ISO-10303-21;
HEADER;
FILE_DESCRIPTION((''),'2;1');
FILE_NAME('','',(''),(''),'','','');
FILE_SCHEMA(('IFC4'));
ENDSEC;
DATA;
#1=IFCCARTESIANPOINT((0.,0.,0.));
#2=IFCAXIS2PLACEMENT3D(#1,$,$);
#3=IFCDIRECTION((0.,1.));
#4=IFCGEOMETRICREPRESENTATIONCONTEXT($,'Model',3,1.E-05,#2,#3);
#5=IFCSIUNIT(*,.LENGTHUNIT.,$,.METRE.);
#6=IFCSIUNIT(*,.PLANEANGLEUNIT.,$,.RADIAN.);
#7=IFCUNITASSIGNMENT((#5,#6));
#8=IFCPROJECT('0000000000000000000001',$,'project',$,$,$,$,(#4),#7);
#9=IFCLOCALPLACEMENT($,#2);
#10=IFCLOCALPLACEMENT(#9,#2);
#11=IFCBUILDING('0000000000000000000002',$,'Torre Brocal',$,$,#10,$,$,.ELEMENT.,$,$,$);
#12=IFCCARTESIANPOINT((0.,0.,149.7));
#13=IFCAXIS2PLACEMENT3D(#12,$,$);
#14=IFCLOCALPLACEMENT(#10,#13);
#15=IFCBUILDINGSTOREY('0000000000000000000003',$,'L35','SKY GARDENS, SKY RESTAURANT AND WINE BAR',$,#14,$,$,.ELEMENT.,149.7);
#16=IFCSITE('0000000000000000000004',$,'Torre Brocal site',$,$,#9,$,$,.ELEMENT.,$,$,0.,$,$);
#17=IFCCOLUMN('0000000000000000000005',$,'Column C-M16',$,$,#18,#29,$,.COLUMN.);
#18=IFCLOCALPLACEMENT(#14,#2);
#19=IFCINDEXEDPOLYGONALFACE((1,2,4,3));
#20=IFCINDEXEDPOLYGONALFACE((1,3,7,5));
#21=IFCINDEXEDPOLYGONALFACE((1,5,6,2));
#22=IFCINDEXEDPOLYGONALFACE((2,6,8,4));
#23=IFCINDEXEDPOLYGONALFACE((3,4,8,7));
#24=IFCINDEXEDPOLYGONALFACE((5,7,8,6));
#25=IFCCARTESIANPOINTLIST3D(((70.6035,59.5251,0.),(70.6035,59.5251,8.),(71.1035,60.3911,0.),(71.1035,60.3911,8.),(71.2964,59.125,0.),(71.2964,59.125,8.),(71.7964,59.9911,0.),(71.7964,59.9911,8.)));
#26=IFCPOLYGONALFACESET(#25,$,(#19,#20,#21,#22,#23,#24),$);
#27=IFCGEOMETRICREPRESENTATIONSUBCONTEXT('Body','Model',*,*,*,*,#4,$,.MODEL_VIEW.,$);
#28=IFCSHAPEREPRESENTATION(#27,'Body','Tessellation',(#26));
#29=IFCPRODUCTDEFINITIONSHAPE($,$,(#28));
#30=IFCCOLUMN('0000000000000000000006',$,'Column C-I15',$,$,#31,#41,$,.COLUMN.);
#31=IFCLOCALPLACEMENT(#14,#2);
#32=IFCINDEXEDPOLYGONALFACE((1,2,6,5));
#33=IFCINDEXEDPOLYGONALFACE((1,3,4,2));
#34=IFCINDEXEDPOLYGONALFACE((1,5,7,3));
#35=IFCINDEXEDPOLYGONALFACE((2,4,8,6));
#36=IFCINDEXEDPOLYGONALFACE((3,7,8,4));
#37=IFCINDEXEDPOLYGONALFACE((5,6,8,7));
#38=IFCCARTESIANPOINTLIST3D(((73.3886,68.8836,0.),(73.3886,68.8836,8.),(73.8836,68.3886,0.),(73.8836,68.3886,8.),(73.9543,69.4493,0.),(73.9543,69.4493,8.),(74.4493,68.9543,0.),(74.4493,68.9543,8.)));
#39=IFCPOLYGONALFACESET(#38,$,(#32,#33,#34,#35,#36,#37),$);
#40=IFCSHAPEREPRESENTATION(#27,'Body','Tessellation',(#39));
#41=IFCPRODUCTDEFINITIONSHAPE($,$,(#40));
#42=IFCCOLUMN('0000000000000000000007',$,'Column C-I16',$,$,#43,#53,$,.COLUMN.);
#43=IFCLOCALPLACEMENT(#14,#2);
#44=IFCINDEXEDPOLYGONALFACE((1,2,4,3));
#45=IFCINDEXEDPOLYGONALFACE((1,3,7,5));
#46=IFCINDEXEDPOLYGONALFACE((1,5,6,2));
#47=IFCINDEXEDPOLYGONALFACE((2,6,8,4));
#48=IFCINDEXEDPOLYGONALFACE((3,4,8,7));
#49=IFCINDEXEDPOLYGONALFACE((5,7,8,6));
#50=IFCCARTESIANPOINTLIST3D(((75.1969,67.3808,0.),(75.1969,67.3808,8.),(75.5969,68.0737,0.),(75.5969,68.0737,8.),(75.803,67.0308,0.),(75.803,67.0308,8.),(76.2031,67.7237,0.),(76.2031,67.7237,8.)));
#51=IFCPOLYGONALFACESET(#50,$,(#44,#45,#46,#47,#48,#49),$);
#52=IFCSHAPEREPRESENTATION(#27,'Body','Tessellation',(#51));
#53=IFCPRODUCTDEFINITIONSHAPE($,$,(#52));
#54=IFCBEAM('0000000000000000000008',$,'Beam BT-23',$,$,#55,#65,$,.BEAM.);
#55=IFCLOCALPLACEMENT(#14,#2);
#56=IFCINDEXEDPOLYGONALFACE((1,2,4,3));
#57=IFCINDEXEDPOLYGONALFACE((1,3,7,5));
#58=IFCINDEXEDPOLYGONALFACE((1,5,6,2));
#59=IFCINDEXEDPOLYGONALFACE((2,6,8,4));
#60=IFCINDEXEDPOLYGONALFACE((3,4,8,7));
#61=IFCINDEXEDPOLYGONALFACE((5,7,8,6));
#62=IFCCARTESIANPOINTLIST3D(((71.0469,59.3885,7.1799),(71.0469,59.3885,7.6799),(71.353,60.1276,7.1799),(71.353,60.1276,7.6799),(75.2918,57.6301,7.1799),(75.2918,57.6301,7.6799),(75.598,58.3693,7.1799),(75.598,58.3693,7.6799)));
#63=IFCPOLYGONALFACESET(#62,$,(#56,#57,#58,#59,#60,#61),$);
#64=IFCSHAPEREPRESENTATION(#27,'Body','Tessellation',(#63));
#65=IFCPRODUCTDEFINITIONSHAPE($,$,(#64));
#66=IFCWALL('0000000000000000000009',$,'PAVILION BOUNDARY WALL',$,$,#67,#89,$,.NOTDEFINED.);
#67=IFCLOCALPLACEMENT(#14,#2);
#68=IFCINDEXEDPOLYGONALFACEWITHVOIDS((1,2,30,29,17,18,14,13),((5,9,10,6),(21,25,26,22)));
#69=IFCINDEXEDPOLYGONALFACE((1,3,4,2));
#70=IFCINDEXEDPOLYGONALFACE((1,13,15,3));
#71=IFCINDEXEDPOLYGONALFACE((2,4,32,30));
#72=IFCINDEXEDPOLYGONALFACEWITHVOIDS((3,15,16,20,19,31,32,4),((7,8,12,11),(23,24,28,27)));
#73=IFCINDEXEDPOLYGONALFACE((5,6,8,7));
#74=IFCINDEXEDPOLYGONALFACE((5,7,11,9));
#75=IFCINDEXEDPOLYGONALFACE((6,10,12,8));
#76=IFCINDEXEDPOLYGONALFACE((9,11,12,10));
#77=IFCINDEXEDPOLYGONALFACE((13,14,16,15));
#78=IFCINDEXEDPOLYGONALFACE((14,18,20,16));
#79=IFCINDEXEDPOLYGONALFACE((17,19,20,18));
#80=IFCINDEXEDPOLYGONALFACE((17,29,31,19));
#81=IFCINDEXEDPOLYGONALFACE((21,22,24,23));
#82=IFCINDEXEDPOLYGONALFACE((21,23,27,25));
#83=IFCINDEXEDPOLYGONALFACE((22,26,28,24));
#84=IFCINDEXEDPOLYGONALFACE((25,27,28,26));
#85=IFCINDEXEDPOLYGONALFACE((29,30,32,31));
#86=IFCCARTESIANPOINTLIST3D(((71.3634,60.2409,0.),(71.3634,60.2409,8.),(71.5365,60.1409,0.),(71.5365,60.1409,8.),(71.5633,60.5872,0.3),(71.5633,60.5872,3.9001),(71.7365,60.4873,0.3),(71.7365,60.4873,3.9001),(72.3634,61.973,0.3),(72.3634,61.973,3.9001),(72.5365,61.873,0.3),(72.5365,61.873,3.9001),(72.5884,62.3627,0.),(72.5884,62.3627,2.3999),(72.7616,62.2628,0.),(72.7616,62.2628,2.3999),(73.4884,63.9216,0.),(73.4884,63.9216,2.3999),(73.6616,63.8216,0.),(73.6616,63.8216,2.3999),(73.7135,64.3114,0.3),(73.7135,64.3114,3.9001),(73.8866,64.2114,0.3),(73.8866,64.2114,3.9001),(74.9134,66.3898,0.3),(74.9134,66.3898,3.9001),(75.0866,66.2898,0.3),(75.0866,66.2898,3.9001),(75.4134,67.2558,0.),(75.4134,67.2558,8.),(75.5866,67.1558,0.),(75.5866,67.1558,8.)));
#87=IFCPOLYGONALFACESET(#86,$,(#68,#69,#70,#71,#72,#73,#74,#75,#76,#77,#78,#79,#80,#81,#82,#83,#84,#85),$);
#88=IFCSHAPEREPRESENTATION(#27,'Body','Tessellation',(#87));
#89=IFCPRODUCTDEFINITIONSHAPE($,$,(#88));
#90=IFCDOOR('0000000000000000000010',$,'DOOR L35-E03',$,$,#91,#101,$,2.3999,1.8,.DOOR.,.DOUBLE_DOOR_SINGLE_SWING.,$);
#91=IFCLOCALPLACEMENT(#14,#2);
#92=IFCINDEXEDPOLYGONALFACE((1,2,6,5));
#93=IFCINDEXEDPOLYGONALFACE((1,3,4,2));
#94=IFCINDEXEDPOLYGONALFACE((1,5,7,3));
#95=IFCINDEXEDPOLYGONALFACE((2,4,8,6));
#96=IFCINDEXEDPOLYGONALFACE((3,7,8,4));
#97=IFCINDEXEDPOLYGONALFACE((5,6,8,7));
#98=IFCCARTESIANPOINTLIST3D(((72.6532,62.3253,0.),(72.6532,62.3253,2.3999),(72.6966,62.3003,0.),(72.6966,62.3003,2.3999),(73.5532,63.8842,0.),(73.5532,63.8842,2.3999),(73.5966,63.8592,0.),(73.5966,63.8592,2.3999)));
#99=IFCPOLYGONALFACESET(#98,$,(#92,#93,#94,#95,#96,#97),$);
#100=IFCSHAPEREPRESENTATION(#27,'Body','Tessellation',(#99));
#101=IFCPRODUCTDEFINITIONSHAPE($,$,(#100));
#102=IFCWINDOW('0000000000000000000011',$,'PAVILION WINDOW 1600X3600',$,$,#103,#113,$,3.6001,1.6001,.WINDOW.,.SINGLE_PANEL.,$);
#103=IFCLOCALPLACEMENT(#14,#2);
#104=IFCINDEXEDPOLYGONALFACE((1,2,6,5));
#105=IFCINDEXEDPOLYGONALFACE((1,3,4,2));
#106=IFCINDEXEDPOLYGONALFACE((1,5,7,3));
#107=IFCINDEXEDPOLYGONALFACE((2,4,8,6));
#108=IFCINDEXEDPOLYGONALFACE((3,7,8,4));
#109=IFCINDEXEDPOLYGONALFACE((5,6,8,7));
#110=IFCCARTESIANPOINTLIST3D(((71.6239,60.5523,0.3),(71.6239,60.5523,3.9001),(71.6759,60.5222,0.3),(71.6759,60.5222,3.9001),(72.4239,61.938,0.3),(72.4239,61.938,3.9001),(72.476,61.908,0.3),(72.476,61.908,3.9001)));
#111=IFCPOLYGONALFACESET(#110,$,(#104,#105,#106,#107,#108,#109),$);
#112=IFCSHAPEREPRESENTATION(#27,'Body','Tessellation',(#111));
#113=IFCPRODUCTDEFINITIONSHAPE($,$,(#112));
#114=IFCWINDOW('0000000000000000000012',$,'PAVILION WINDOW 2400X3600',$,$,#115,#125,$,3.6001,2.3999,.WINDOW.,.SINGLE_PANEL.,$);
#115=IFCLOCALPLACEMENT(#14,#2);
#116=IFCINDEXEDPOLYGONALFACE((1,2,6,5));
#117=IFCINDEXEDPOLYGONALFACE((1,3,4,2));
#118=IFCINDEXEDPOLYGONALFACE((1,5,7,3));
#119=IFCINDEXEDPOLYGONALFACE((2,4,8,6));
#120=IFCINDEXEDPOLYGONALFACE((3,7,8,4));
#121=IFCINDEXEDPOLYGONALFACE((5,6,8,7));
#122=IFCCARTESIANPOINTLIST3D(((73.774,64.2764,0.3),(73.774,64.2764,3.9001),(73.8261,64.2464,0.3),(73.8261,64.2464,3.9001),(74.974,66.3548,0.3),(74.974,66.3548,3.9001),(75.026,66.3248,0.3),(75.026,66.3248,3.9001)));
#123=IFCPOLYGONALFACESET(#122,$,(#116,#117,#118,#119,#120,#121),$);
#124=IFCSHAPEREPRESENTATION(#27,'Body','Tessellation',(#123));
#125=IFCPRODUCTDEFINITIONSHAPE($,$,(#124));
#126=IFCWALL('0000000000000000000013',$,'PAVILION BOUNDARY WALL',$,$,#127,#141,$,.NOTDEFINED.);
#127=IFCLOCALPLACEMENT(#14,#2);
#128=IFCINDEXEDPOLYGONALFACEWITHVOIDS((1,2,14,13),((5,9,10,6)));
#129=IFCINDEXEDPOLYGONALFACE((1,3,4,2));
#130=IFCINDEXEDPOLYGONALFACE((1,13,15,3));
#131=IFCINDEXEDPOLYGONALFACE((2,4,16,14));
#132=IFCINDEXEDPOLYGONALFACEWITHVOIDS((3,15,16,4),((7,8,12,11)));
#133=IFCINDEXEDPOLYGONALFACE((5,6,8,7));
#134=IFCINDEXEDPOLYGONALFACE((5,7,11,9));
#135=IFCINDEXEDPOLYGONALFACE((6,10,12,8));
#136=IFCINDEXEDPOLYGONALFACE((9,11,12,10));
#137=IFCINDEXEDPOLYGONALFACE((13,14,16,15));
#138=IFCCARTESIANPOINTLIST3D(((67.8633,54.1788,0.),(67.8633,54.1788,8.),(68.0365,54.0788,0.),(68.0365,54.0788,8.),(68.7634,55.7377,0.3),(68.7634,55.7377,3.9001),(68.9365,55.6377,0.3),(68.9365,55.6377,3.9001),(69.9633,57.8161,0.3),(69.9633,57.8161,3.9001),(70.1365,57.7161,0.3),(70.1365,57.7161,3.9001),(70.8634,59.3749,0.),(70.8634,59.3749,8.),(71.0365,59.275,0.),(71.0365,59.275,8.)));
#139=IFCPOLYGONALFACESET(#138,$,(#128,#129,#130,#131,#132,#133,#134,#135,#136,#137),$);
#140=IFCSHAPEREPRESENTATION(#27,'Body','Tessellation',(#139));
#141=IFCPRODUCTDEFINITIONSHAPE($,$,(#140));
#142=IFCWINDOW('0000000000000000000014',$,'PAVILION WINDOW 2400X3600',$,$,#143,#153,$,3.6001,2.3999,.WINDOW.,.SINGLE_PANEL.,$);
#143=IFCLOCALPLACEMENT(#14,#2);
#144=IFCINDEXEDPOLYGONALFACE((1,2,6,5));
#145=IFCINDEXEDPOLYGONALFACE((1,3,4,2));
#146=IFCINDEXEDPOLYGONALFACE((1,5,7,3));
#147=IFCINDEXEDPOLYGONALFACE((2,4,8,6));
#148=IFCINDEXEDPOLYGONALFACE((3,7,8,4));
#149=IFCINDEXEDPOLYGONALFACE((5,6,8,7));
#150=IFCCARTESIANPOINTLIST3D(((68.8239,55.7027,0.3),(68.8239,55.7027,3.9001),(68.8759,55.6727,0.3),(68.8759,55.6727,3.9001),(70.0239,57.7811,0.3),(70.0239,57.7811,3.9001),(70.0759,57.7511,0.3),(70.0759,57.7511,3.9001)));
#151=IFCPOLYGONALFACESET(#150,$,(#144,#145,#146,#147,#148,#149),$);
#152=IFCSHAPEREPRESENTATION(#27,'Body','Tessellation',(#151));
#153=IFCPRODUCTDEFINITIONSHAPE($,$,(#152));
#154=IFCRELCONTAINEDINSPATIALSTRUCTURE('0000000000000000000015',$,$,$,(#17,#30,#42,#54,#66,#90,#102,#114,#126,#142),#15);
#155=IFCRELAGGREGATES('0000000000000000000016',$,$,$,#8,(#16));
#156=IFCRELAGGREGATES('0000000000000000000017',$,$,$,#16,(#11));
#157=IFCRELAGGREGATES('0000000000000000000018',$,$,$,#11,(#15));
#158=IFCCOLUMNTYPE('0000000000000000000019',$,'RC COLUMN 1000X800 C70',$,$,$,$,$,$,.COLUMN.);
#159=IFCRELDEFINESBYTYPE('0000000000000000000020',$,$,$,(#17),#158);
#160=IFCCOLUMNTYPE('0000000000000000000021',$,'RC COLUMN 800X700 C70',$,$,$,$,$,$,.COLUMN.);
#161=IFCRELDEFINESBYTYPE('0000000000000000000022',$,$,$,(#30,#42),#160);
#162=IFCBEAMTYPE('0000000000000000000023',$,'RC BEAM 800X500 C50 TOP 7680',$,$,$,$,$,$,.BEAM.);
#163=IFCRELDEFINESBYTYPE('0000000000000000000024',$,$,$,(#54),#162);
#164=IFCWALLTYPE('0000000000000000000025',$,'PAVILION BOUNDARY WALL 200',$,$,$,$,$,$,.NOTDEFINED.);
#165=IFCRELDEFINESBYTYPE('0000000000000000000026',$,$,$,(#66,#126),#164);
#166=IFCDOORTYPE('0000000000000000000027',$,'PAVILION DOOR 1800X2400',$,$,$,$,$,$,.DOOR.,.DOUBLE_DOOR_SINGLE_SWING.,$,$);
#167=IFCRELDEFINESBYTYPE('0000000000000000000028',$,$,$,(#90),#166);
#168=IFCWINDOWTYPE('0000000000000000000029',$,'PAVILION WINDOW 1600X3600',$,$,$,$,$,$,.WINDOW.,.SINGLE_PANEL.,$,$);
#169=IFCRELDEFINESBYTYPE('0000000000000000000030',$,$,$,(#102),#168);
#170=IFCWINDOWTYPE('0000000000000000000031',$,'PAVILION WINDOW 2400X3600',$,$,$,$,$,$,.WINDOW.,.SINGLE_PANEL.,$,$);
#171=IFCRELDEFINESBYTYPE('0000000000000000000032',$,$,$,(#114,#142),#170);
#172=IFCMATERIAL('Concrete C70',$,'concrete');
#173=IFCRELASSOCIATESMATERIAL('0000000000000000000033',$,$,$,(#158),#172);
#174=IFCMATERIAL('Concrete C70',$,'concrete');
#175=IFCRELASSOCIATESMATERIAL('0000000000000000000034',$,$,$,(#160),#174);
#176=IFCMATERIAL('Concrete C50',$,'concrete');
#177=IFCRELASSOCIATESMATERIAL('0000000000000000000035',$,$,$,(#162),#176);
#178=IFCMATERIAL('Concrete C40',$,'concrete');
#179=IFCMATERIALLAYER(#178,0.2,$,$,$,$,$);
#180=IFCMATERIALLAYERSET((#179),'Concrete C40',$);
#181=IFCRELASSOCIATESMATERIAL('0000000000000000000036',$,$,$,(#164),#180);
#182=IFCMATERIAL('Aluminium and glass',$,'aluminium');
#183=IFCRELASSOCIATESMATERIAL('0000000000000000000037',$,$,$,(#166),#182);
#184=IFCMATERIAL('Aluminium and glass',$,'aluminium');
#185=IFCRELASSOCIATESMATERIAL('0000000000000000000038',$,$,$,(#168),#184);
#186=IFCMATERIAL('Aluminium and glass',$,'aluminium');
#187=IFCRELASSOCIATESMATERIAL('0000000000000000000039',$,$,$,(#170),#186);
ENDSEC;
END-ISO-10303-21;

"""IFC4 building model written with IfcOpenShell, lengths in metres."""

from ifc_helpers import new_model, si_unit, direction, frame, frame_2d, origin, origin_2d, place, context, subcontext, project, spatial, rectangle, extrude, material, layer, layer_set, material_profile, profile_set, type_object, element, fill, save


model = new_model("IFC4")

# Units and contexts
model_context = context("Model", 3, precision=1e-05, world=origin(), true_north=direction((0.0, 1.0)))
body_context = subcontext(model_context, "Body", "Model", "MODEL_VIEW")
ifc_project = project(units=[si_unit("LENGTHUNIT", "METRE"), si_unit("PLANEANGLEUNIT", "RADIAN")], contexts=[model_context])

# Site, building, storey
site_placement = place(None, origin())
site = spatial("IfcSite", under=ifc_project, at=site_placement, Name="Torre Brocal site", CompositionType="ELEMENT", RefElevation=0.0)
building_placement = place(site_placement, origin())
building = spatial("IfcBuilding", under=site, at=building_placement, Name="Torre Brocal", CompositionType="ELEMENT")
storey_placement = place(building_placement, frame((0.0, 0.0, 149.7)))
storey = spatial("IfcBuildingStorey", under=building, at=storey_placement, Name="L35", Description="SKY GARDENS, SKY RESTAURANT AND WINE BAR", CompositionType="ELEMENT", Elevation=149.7)

# Columns
ifc_material_1 = material(Name="Concrete C70", Category="concrete")
ifc_material_profile_1 = material_profile(ifc_material_1, rectangle(XDim=1.0, YDim=0.8, at=origin_2d()), Name="RC 1000X800")
ifc_profile_set_1 = profile_set([ifc_material_profile_1], Name="Concrete C70")
column_type_1 = type_object("IfcColumnType", Name="RC COLUMN 1000X800 C70", PredefinedType="COLUMN", material=ifc_profile_set_1)
column_placement = place(storey_placement, frame((71.2, 59.7581, 0.0), z_axis=(0.0, 0.0, 1.0), x_axis=(-0.5, -0.866025, 0.0)))
element("IfcColumn", 1, at=column_placement, inside=storey, type_object=column_type_1, Name="Column C-M16", PredefinedType="COLUMN", context=body_context, shape_type="SweptSolid", body=[
    extrude(rectangle(XDim=1.0, YDim=0.8, at=origin_2d()), origin(), (0.0, 0.0, 1.0), 8.0),
])
ifc_material_2 = material(Name="Concrete C70", Category="concrete")
ifc_material_profile_2 = material_profile(ifc_material_2, rectangle(XDim=0.8, YDim=0.7, at=origin_2d()), Name="RC 800X700")
ifc_profile_set_2 = profile_set([ifc_material_profile_2], Name="Concrete C70")
column_type_2 = type_object("IfcColumnType", Name="RC COLUMN 800X700 C70", PredefinedType="COLUMN", material=ifc_profile_set_2)
for number, where, z_axis, x_axis, name in (
    (2, (73.9189, 68.9189, 0.0), (0.0, 0.0, 1.0), (-0.707107, -0.707107, 0.0), "Column C-I15"),
    (3, (75.7, 67.5522, 0.0), (0.0, 0.0, 1.0), (-0.5, -0.866025, 0.0), "Column C-I16"),
):
    element("IfcColumn", number, at=place(storey_placement, frame(where, z_axis=z_axis, x_axis=x_axis)), inside=storey, type_object=column_type_2, Name=name, PredefinedType="COLUMN", context=body_context, shape_type="SweptSolid", body=[
        extrude(rectangle(XDim=0.8, YDim=0.7, at=origin_2d()), origin(), (0.0, 0.0, 1.0), 8.0),
    ])

# Beam
ifc_material_3 = material(Name="Concrete C50", Category="concrete")
ifc_material_profile_3 = material_profile(ifc_material_3, rectangle(XDim=0.8, YDim=0.5, at=origin_2d()), Name="RC 800X500")
ifc_profile_set_3 = profile_set([ifc_material_profile_3], Name="Concrete C50")
beam_type = type_object("IfcBeamType", Name="RC BEAM 800X500 C50 TOP 7680", PredefinedType="BEAM", material=ifc_profile_set_3)
beam_placement = place(storey_placement, frame((71.2, 59.7581, 7.4299), z_axis=(0.923878, -0.382687, 0.0), x_axis=(0.382687, 0.923878, 0.0)))
element("IfcBeam", 4, at=beam_placement, inside=storey, type_object=beam_type, Name="Beam BT-23", PredefinedType="BEAM", context=body_context, shape_type="SweptSolid", body=[
    extrude(rectangle(XDim=0.8, YDim=0.5, at=origin_2d()), origin(), (0.0, 0.0, 1.0), 4.5947),
])

# Wall, openings, door, windows
ifc_material_4 = material(Name="Concrete C40", Category="concrete")
ifc_layer_1 = layer(ifc_material_4, 0.2)
ifc_layer_set_1 = layer_set([ifc_layer_1], Name="Concrete C40")
wall_type_1 = type_object("IfcWallType", Name="PAVILION BOUNDARY WALL 200", PredefinedType="NOTDEFINED", material=ifc_layer_set_1)
wall_1_placement = place(storey_placement, frame((75.5, 67.2058, 0.0), z_axis=(0.0, 0.0, 1.0), x_axis=(-0.5, -0.866025, 0.0)))
wall_1 = element("IfcWall", 5, at=wall_1_placement, inside=storey, type_object=wall_type_1, Name="PAVILION BOUNDARY WALL", PredefinedType="NOTDEFINED", context=body_context, shape_type="SweptSolid", body=[
    extrude(rectangle(XDim=8.1001, YDim=0.2, at=frame_2d((4.05, 0.0))), origin(), (0.0, 0.0, 1.0), 8.0),
])
opening_1_placement = place(wall_1_placement, frame((1.0, 0.0, 0.3)))
opening_1 = element("IfcOpeningElement", 6, at=opening_1_placement, cuts=wall_1, PredefinedType="OPENING", context=body_context, shape_type="SweptSolid", body=[
    extrude(rectangle(XDim=2.3999, YDim=3.6001, at=frame_2d((1.2, 1.8))), frame((0.0, 0.1099, 0.0), z_axis=(0.0, -1.0, 0.0), x_axis=(1.0, 0.0, 0.0)), (0.0, 0.0, 1.0), 0.22),
])
opening_2_placement = place(wall_1_placement, frame((3.8501, 0.0, 0.0)))
opening_2 = element("IfcOpeningElement", 7, at=opening_2_placement, cuts=wall_1, PredefinedType="OPENING", context=body_context, shape_type="SweptSolid", body=[
    extrude(rectangle(XDim=1.8, YDim=2.3999, at=frame_2d((0.8999, 1.2))), frame((0.0, 0.1099, 0.0), z_axis=(0.0, -1.0, 0.0), x_axis=(1.0, 0.0, 0.0)), (0.0, 0.0, 1.0), 0.22),
])
opening_3_placement = place(wall_1_placement, frame((6.1001, 0.0, 0.3)))
opening_3 = element("IfcOpeningElement", 8, at=opening_3_placement, cuts=wall_1, PredefinedType="OPENING", context=body_context, shape_type="SweptSolid", body=[
    extrude(rectangle(XDim=1.6001, YDim=3.6001, at=frame_2d((0.8, 1.8))), frame((0.0, 0.1099, 0.0), z_axis=(0.0, -1.0, 0.0), x_axis=(1.0, 0.0, 0.0)), (0.0, 0.0, 1.0), 0.22),
])
ifc_material_5 = material(Name="Aluminium and glass", Category="aluminium")
door_type_1 = type_object("IfcDoorType", Name="PAVILION DOOR 1800X2400", OperationType="DOUBLE_DOOR_SINGLE_SWING", PredefinedType="DOOR", material=ifc_material_5)
door_1_placement = place(opening_2_placement, origin())
door_1 = element("IfcDoor", 9, at=door_1_placement, inside=storey, type_object=door_type_1, Name="DOOR L35-E03", OperationType="DOUBLE_DOOR_SINGLE_SWING", OverallHeight=2.3999, OverallWidth=1.8, PredefinedType="DOOR", context=body_context, shape_type="SweptSolid", body=[
    extrude(rectangle(XDim=1.8, YDim=2.3999, at=frame_2d((0.8999, 1.2))), frame((0.0, 0.0249, 0.0), z_axis=(0.0, -1.0, 0.0), x_axis=(1.0, 0.0, 0.0)), (0.0, 0.0, 1.0), 0.05),
])
fill(opening_2, door_1)
ifc_material_6 = material(Name="Aluminium and glass", Category="aluminium")
window_type_1 = type_object("IfcWindowType", Name="PAVILION WINDOW 1600X3600", PartitioningType="SINGLE_PANEL", PredefinedType="WINDOW", material=ifc_material_6)
window_1_placement = place(opening_3_placement, origin())
window_1 = element("IfcWindow", 10, at=window_1_placement, inside=storey, type_object=window_type_1, Name="PAVILION WINDOW 1600X3600", OverallHeight=3.6001, OverallWidth=1.6001, PartitioningType="SINGLE_PANEL", PredefinedType="WINDOW", context=body_context, shape_type="SweptSolid", body=[
    extrude(rectangle(XDim=1.6001, YDim=3.6001, at=frame_2d((0.8, 1.8))), frame((0.0, 0.03, 0.0), z_axis=(0.0, -1.0, 0.0), x_axis=(1.0, 0.0, 0.0)), (0.0, 0.0, 1.0), 0.0601),
])
fill(opening_3, window_1)
ifc_material_7 = material(Name="Aluminium and glass", Category="aluminium")
window_type_2 = type_object("IfcWindowType", Name="PAVILION WINDOW 2400X3600", PartitioningType="SINGLE_PANEL", PredefinedType="WINDOW", material=ifc_material_7)
window_2_placement = place(opening_1_placement, origin())
window_2 = element("IfcWindow", 11, at=window_2_placement, inside=storey, type_object=window_type_2, Name="PAVILION WINDOW 2400X3600", OverallHeight=3.6001, OverallWidth=2.3999, PartitioningType="SINGLE_PANEL", PredefinedType="WINDOW", context=body_context, shape_type="SweptSolid", body=[
    extrude(rectangle(XDim=2.3999, YDim=3.6001, at=frame_2d((1.2, 1.8))), frame((0.0, 0.03, 0.0), z_axis=(0.0, -1.0, 0.0), x_axis=(1.0, 0.0, 0.0)), (0.0, 0.0, 1.0), 0.0601),
])
fill(opening_1, window_2)

# Wall, opening, window
wall_2_placement = place(storey_placement, frame((70.95, 59.325, 0.0), z_axis=(0.0, 0.0, 1.0), x_axis=(-0.500008, -0.866021, 0.0)))
wall_2 = element("IfcWall", 12, at=wall_2_placement, inside=storey, type_object=wall_type_1, Name="PAVILION BOUNDARY WALL", PredefinedType="NOTDEFINED", context=body_context, shape_type="SweptSolid", body=[
    extrude(rectangle(XDim=6.0, YDim=0.2, at=frame_2d((3.0, 0.0))), origin(), (0.0, 0.0, 1.0), 8.0),
])
opening_4_placement = place(wall_2_placement, frame((1.8, 0.0, 0.3)))
opening_4 = element("IfcOpeningElement", 13, at=opening_4_placement, cuts=wall_2, PredefinedType="OPENING", context=body_context, shape_type="SweptSolid", body=[
    extrude(rectangle(XDim=2.3999, YDim=3.6001, at=frame_2d((1.2, 1.8))), frame((0.0, 0.1099, 0.0), z_axis=(0.0, -1.0, 0.0), x_axis=(1.0, 0.0, 0.0)), (0.0, 0.0, 1.0), 0.22),
])
window_3_placement = place(opening_4_placement, origin())
window_3 = element("IfcWindow", 14, at=window_3_placement, inside=storey, type_object=window_type_2, Name="PAVILION WINDOW 2400X3600", OverallHeight=3.6001, OverallWidth=2.3999, PartitioningType="SINGLE_PANEL", PredefinedType="WINDOW", context=body_context, shape_type="SweptSolid", body=[
    extrude(rectangle(XDim=2.3999, YDim=3.6001, at=frame_2d((1.2, 1.8))), frame((0.0, 0.03, 0.0), z_axis=(0.0, -1.0, 0.0), x_axis=(1.0, 0.0, 0.0)), (0.0, 0.0, 1.0), 0.0601),
])
fill(opening_4, window_3)

save(model, "model.ifc")
